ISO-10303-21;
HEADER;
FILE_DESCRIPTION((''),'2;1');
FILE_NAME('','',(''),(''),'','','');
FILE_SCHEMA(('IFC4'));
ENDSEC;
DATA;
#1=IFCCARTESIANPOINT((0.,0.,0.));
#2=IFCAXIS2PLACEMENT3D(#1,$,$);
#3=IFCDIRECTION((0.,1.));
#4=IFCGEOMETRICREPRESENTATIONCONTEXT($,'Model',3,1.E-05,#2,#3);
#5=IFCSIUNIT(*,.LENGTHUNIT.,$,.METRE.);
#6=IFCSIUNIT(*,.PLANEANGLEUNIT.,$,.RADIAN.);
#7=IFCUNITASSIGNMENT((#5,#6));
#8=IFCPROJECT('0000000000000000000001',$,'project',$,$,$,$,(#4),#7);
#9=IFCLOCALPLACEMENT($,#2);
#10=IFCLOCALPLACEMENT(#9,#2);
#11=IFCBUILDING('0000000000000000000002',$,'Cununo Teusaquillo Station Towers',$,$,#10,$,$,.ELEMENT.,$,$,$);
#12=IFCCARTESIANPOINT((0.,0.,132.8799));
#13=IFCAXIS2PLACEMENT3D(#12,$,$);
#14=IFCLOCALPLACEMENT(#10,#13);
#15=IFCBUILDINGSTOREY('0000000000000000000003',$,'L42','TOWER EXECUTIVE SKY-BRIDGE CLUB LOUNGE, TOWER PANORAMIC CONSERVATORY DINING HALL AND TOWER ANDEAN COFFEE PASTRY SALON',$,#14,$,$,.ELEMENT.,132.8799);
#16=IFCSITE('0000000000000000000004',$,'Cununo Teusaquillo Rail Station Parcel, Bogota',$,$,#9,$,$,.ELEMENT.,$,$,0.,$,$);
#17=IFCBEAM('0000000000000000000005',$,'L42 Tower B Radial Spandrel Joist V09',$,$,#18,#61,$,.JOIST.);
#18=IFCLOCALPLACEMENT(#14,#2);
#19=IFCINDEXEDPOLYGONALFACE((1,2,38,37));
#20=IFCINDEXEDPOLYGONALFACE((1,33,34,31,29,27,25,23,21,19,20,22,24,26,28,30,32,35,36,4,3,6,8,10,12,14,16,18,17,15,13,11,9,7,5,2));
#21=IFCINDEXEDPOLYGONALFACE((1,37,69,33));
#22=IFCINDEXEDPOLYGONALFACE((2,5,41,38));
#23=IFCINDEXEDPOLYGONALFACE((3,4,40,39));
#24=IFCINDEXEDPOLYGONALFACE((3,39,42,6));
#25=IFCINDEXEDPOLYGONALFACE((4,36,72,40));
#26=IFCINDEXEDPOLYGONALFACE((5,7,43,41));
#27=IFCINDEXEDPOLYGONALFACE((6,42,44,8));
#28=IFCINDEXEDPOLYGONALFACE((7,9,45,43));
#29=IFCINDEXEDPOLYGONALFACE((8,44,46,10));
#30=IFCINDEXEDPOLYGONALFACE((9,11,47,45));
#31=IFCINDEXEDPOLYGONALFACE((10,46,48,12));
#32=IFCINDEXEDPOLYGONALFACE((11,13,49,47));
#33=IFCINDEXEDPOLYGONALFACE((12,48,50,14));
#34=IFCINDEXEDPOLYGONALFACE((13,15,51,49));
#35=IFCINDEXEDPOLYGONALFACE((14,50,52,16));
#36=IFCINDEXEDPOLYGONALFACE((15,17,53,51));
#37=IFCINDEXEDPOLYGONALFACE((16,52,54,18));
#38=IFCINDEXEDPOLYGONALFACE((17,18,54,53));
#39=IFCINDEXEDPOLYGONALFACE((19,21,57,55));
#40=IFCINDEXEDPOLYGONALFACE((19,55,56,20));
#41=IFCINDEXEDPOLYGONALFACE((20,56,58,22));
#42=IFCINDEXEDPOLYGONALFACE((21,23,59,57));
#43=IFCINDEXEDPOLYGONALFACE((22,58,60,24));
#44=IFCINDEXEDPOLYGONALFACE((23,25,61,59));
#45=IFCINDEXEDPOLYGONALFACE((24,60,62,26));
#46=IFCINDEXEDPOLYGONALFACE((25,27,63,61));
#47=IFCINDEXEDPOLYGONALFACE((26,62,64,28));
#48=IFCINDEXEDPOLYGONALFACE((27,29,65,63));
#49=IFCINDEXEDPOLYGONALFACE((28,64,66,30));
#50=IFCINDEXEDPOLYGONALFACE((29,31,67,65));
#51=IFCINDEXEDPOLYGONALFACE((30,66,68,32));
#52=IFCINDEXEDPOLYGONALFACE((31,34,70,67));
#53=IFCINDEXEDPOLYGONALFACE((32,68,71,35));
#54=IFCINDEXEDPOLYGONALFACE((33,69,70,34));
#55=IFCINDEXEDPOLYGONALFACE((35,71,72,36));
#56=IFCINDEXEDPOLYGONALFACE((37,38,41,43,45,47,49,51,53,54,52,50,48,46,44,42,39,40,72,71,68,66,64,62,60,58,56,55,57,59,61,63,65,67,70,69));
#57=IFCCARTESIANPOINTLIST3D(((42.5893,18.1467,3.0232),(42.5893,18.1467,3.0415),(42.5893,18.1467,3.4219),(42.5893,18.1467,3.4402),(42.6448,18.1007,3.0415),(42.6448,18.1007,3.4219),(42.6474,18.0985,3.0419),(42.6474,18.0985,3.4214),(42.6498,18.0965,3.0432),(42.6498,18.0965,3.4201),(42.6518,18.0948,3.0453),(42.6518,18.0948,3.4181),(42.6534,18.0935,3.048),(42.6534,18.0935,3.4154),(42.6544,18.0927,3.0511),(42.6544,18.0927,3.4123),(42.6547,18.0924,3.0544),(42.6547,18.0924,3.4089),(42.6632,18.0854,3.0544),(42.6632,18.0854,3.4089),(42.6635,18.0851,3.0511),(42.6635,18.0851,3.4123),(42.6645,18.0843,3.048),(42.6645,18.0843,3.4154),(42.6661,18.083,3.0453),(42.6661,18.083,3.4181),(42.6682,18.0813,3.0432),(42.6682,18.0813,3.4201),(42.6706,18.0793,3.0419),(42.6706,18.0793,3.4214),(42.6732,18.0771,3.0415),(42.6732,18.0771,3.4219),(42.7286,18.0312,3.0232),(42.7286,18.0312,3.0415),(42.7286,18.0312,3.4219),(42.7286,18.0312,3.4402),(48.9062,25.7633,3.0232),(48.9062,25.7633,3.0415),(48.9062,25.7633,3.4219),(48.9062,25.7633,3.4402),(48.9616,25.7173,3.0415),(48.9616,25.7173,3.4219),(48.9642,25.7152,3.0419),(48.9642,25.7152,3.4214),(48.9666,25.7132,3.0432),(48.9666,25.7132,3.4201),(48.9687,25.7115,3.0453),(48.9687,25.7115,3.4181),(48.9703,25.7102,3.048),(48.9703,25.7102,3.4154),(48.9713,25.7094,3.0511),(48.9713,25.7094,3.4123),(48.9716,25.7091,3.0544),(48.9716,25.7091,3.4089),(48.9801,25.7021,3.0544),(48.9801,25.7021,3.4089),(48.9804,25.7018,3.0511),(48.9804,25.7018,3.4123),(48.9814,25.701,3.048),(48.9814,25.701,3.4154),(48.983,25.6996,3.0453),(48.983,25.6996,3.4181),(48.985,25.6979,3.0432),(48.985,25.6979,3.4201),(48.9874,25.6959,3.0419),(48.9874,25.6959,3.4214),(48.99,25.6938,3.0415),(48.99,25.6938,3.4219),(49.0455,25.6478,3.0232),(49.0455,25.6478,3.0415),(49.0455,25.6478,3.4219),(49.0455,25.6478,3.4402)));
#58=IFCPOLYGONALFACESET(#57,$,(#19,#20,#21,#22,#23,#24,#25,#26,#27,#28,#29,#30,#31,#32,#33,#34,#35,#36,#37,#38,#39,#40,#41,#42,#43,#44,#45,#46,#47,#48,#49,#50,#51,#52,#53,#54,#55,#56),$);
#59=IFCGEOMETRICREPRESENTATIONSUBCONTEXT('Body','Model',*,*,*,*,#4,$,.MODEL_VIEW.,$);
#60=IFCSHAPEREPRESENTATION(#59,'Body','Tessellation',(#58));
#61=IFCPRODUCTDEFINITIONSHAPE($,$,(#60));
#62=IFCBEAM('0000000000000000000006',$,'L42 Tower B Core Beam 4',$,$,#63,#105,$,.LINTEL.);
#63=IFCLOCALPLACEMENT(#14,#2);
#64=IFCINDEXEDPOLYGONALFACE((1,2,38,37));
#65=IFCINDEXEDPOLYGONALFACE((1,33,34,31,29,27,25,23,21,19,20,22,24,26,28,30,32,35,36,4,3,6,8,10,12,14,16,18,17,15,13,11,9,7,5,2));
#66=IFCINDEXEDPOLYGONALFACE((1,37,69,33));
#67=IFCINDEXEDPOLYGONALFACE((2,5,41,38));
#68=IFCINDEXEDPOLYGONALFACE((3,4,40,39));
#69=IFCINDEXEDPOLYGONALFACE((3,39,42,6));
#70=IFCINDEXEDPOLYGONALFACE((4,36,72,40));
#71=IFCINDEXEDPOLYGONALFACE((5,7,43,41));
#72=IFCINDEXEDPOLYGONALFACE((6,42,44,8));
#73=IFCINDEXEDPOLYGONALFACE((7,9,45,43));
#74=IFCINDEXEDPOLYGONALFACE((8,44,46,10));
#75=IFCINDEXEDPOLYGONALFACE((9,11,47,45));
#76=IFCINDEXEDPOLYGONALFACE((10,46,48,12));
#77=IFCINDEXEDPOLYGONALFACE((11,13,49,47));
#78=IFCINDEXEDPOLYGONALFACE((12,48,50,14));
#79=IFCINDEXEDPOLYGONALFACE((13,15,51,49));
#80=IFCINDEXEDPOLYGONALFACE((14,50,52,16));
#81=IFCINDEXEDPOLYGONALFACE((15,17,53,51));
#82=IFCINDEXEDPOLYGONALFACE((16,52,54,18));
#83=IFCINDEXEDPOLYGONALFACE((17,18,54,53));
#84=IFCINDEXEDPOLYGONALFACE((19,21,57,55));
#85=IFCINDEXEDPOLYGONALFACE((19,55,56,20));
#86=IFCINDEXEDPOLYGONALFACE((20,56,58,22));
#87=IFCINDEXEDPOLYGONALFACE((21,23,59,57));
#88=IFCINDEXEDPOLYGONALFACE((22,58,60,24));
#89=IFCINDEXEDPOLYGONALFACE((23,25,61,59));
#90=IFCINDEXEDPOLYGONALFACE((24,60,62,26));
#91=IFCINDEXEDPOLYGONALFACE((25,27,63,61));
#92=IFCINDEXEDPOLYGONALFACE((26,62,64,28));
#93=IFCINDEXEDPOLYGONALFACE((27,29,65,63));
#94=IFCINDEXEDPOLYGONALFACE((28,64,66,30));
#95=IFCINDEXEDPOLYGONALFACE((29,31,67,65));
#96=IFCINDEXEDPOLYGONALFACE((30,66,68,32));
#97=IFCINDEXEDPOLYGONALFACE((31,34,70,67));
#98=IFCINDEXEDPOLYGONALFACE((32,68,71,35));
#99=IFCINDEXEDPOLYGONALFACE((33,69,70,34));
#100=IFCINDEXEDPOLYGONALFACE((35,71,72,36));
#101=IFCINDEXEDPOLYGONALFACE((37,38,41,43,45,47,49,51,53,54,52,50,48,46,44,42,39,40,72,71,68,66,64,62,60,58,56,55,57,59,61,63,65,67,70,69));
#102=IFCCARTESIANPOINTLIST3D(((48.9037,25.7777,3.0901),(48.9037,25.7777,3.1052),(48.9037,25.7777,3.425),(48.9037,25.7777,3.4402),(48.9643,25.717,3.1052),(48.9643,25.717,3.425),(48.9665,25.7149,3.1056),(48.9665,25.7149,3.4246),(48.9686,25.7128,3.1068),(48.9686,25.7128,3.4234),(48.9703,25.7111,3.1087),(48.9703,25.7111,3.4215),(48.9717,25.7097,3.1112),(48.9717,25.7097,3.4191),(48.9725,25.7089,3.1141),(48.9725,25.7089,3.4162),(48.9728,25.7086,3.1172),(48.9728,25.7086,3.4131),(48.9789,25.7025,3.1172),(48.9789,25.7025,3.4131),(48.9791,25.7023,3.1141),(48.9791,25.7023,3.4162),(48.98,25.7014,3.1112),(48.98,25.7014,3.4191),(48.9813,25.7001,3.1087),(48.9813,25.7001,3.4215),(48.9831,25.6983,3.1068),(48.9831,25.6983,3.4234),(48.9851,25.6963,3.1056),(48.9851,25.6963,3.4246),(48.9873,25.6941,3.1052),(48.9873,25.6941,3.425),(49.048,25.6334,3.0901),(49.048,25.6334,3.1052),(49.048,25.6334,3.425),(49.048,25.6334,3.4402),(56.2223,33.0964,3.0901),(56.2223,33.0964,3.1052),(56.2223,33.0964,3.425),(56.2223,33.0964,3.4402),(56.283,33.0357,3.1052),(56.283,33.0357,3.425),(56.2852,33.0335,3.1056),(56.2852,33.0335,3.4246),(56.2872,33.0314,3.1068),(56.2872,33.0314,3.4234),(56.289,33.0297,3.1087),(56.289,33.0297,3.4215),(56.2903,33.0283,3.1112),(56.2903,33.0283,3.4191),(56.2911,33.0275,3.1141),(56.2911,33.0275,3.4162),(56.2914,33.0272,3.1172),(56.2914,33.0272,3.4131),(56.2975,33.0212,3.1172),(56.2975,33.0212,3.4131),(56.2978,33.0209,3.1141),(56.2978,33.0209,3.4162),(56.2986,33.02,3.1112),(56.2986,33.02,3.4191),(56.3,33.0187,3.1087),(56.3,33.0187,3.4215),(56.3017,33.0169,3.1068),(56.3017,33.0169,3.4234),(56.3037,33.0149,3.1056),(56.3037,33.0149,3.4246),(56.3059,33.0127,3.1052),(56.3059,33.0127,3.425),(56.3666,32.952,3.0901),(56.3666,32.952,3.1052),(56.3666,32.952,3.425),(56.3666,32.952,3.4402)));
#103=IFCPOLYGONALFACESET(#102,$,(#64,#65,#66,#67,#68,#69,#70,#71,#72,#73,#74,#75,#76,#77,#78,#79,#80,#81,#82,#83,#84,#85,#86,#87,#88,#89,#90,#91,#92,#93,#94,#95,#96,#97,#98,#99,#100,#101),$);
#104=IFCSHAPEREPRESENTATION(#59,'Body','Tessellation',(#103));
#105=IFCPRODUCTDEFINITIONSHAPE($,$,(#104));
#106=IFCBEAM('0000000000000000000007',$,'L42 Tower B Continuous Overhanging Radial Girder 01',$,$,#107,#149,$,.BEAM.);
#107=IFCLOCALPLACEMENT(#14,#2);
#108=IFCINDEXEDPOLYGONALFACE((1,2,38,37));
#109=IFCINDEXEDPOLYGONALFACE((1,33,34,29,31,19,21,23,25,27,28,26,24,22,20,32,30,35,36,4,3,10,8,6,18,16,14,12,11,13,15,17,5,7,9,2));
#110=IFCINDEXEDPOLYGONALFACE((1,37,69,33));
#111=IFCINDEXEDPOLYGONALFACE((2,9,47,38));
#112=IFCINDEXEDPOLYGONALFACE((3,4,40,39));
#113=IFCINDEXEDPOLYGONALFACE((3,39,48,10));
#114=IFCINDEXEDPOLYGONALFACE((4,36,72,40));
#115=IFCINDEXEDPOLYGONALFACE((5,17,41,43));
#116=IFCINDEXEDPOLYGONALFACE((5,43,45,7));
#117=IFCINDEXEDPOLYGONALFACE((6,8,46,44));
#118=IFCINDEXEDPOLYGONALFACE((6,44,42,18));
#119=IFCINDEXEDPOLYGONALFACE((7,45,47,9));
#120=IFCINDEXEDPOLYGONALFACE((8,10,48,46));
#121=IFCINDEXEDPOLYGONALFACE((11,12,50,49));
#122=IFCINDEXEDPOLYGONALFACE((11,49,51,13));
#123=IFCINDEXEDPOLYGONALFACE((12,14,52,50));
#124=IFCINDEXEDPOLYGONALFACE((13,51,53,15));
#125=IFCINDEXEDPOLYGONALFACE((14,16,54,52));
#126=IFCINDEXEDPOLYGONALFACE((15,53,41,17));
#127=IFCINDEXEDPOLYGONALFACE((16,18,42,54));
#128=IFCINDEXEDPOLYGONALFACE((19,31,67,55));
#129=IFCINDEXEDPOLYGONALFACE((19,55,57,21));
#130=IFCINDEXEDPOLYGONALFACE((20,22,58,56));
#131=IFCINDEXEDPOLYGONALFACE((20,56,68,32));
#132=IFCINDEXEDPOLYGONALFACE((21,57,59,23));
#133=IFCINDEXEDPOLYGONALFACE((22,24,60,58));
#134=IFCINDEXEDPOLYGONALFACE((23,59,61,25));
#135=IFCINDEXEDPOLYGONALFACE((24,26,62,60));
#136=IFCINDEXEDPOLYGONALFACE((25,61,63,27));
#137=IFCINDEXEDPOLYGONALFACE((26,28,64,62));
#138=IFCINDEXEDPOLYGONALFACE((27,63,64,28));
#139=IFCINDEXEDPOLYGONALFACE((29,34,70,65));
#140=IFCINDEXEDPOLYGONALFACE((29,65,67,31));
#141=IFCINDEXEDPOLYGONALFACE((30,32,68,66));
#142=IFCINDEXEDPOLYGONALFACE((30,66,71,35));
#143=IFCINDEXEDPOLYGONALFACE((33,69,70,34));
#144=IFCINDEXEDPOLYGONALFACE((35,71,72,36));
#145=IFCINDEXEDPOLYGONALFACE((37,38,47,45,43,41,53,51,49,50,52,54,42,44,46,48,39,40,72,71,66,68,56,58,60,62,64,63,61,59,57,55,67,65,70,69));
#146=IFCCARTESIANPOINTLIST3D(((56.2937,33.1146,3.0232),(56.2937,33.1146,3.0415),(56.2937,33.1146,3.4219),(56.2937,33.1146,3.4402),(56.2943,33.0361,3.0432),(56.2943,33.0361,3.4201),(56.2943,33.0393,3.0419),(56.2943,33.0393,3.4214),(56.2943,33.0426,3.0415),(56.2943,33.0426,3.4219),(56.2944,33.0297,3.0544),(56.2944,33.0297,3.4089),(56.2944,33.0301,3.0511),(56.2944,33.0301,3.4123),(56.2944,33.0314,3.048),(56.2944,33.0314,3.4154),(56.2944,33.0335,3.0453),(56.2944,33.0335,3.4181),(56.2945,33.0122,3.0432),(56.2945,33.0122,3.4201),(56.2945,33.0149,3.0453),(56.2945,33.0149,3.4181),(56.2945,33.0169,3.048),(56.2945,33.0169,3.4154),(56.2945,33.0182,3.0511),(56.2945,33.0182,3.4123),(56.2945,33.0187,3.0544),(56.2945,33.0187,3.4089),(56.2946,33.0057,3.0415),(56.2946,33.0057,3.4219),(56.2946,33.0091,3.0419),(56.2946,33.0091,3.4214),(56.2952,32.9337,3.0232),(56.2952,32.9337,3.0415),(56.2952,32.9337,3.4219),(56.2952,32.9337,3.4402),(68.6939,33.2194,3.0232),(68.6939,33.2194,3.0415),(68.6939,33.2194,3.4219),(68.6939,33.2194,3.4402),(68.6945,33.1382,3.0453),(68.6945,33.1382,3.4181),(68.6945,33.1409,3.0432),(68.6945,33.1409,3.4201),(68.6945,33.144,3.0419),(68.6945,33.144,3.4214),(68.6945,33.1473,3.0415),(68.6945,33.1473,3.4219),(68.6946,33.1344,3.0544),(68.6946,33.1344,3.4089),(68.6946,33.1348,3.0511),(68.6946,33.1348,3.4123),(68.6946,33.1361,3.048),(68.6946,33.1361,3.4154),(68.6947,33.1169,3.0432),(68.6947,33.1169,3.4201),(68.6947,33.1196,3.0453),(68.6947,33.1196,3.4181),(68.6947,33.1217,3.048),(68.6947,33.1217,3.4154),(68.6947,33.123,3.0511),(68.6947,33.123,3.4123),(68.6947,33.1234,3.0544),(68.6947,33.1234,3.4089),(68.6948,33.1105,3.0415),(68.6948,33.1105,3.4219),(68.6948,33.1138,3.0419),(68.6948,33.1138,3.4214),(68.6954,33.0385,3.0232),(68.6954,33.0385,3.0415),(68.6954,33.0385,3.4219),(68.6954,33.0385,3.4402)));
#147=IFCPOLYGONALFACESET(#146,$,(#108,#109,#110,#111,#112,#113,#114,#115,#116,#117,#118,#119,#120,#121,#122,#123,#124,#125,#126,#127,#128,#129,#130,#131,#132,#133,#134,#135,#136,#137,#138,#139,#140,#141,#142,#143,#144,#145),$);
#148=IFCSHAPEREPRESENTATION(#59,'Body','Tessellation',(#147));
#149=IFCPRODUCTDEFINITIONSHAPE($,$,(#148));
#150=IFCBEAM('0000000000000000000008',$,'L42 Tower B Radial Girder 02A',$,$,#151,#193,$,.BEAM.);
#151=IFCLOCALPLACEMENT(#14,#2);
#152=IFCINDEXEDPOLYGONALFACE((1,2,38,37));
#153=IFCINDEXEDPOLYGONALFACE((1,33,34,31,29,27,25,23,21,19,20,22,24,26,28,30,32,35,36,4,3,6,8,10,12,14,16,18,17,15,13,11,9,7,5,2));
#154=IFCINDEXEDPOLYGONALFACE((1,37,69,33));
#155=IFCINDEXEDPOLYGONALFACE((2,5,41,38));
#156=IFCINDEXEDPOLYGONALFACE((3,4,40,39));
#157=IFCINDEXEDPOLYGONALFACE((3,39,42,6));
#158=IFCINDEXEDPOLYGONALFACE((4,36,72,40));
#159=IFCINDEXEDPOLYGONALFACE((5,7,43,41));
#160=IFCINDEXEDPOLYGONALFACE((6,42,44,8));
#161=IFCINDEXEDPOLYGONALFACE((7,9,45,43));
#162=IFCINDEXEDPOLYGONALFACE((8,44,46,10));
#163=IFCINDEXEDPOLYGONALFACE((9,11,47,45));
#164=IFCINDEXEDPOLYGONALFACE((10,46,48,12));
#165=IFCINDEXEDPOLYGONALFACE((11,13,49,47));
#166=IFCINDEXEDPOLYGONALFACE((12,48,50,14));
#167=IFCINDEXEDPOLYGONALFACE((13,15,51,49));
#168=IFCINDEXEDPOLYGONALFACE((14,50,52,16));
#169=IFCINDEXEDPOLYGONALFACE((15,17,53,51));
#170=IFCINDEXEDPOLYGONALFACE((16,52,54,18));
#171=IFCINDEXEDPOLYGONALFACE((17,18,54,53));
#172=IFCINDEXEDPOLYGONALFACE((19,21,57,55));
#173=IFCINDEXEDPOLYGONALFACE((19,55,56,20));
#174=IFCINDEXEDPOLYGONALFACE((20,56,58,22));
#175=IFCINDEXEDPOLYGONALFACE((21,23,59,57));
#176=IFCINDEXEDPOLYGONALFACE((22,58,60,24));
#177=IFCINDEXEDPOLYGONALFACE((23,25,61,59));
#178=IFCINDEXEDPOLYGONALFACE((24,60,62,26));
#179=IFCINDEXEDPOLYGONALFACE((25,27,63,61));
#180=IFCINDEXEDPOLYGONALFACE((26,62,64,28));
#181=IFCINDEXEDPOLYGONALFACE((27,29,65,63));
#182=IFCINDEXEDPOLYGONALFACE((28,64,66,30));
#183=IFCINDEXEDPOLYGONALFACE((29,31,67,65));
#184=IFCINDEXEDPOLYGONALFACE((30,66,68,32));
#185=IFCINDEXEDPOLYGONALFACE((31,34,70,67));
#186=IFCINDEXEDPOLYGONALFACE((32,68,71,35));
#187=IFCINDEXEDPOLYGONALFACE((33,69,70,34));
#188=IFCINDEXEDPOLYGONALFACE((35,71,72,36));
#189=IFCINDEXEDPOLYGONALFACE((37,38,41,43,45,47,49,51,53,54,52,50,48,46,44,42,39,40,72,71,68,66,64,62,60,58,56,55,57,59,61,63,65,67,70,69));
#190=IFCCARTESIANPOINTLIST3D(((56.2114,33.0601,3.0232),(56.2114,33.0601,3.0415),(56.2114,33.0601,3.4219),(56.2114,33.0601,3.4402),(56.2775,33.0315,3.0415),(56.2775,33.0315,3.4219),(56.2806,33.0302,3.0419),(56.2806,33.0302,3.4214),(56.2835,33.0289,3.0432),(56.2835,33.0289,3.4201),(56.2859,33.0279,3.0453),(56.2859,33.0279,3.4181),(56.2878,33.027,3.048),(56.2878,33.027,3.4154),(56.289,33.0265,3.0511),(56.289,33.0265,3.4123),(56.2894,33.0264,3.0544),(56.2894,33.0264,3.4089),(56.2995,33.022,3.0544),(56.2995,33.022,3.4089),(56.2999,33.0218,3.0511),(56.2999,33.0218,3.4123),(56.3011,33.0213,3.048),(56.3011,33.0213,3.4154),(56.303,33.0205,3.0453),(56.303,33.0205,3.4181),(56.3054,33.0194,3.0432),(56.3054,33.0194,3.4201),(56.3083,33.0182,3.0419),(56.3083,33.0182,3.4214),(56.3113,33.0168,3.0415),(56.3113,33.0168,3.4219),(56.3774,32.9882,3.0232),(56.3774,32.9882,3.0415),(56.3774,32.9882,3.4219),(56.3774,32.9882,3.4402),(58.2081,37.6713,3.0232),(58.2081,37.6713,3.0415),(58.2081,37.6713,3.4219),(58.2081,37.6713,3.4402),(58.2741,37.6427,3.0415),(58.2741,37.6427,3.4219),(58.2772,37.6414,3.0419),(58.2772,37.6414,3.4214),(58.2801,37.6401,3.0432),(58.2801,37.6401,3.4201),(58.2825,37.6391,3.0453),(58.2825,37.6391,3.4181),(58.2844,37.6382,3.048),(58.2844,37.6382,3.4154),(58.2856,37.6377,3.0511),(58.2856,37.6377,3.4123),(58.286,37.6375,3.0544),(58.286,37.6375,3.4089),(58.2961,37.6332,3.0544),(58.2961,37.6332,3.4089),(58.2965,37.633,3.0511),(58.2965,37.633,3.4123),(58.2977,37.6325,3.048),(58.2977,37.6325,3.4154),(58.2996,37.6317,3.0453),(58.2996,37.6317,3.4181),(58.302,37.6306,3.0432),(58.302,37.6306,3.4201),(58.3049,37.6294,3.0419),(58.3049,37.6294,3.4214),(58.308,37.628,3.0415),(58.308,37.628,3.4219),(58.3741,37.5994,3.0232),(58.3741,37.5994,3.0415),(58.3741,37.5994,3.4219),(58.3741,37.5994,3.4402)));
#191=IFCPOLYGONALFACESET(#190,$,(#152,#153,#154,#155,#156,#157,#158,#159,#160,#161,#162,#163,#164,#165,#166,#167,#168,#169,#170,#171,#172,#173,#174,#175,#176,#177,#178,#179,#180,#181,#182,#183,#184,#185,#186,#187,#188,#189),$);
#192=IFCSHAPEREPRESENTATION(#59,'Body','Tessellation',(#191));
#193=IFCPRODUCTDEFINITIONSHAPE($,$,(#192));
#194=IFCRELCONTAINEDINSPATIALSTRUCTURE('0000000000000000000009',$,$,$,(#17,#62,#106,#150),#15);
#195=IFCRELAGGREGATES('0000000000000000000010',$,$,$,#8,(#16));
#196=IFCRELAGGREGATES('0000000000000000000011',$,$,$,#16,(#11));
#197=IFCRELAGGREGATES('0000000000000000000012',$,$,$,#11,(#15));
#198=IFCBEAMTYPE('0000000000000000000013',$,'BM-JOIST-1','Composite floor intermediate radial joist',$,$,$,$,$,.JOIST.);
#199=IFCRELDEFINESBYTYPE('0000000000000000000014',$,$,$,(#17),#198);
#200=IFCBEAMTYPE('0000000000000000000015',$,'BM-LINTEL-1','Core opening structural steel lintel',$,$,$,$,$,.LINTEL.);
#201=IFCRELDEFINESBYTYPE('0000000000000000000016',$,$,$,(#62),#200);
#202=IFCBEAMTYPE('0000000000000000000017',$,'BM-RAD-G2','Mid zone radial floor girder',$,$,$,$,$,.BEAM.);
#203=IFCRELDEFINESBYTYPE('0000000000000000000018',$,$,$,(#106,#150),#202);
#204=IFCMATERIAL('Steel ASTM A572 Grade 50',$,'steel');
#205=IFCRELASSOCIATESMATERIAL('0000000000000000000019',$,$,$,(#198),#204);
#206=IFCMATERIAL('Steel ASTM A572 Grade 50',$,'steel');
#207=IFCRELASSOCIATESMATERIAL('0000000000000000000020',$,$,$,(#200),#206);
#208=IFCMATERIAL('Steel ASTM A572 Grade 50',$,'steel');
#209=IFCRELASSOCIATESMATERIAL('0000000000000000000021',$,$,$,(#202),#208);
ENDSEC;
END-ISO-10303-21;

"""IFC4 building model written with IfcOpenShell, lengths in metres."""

from ifc_helpers import new_model, si_unit, direction, frame, origin, origin_2d, place, context, subcontext, project, spatial, i_section, extrude, material, material_profile, profile_set, type_object, element, save


model = new_model("IFC4")

# Units and contexts
model_context = context("Model", 3, precision=1e-05, world=origin(), true_north=direction((0.0, 1.0)))
body_context = subcontext(model_context, "Body", "Model", "MODEL_VIEW")
ifc_project = project(units=[si_unit("LENGTHUNIT", "METRE"), si_unit("PLANEANGLEUNIT", "RADIAN")], contexts=[model_context])

# Site, building, storey
site_placement = place(None, origin())
site = spatial("IfcSite", under=ifc_project, at=site_placement, Name="Cununo Teusaquillo Rail Station Parcel, Bogota", CompositionType="ELEMENT", RefElevation=0.0)
building_placement = place(site_placement, origin())
building = spatial("IfcBuilding", under=site, at=building_placement, Name="Cununo Teusaquillo Station Towers", CompositionType="ELEMENT")
storey_placement = place(building_placement, frame((0.0, 0.0, 132.8799)))
storey = spatial("IfcBuildingStorey", under=building, at=storey_placement, Name="L42", Description="TOWER EXECUTIVE SKY-BRIDGE CLUB LOUNGE, TOWER PANORAMIC CONSERVATORY DINING HALL AND TOWER ANDEAN COFFEE PASTRY SALON", CompositionType="ELEMENT", Elevation=132.8799)

# Beams
ifc_material_1 = material(Name="Steel ASTM A572 Grade 50", Category="steel")
ifc_material_profile_1 = material_profile(ifc_material_1, i_section(OverallWidth=0.1809, OverallDepth=0.417, WebThickness=0.011, FlangeThickness=0.0183, FilletRadius=0.0129, at=origin_2d()), Name="W16X57")
ifc_profile_set_1 = profile_set([ifc_material_profile_1], Name="Steel ASTM A572 Grade 50")
beam_type_1 = type_object("IfcBeamType", Name="BM-JOIST-1", Description="Composite floor intermediate radial joist", PredefinedType="JOIST", material=ifc_profile_set_1)
beam_1_placement = place(storey_placement, frame((48.9758, 25.7056, 3.2317), z_axis=(-0.638372, -0.769728, 0.0), x_axis=(0.769728, -0.638372, 0.0)))
element("IfcBeam", 1, at=beam_1_placement, inside=storey, type_object=beam_type_1, Name="L42 Tower B Radial Spandrel Joist V09", PredefinedType="JOIST", context=body_context, shape_type="SweptSolid", body=[
    extrude(i_section(OverallWidth=0.1809, OverallDepth=0.417, WebThickness=0.011, FlangeThickness=0.0183, FilletRadius=0.0129, at=origin_2d()), origin(), (0.0, 0.0, 1.0), 9.8953),
])
ifc_material_2 = material(Name="Steel ASTM A572 Grade 50", Category="steel")
ifc_material_profile_2 = material_profile(ifc_material_2, i_section(OverallWidth=0.2041, OverallDepth=0.3501, WebThickness=0.0085, FlangeThickness=0.0151, FilletRadius=0.012, at=origin_2d()), Name="W14X48")
ifc_profile_set_2 = profile_set([ifc_material_profile_2], Name="Steel ASTM A572 Grade 50")
beam_type_2 = type_object("IfcBeamType", Name="BM-LINTEL-1", Description="Core opening structural steel lintel", PredefinedType="LINTEL", material=ifc_profile_set_2)
beam_2_placement = place(storey_placement, frame((48.9758, 25.7056, 3.2651), z_axis=(0.707107, 0.707107, 0.0), x_axis=(-0.707107, 0.707107, 0.0)))
element("IfcBeam", 2, at=beam_2_placement, inside=storey, type_object=beam_type_2, Name="L42 Tower B Core Beam 4", PredefinedType="LINTEL", context=body_context, shape_type="SweptSolid", body=[
    extrude(i_section(OverallWidth=0.2041, OverallDepth=0.3501, WebThickness=0.0085, FlangeThickness=0.0151, FilletRadius=0.012, at=origin_2d()), origin(), (0.0, 0.0, 1.0), 10.3501),
])
ifc_material_3 = material(Name="Steel ASTM A572 Grade 50", Category="steel")
ifc_material_profile_3 = material_profile(ifc_material_3, i_section(OverallWidth=0.1809, OverallDepth=0.417, WebThickness=0.011, FlangeThickness=0.0183, FilletRadius=0.0129, at=origin_2d()), Name="W16X57")
ifc_profile_set_3 = profile_set([ifc_material_profile_3], Name="Steel ASTM A572 Grade 50")
beam_type_3 = type_object("IfcBeamType", Name="BM-RAD-G2", Description="Mid zone radial floor girder", PredefinedType="BEAM", material=ifc_profile_set_3)
beam_3_placement = place(storey_placement, frame((56.2944, 33.0242, 3.2317), z_axis=(0.999964, 0.008446, 0.0), x_axis=(-0.008446, 0.999964, 0.0)))
element("IfcBeam", 3, at=beam_3_placement, inside=storey, type_object=beam_type_3, Name="L42 Tower B Continuous Overhanging Radial Girder 01", PredefinedType="BEAM", context=body_context, shape_type="SweptSolid", body=[
    extrude(i_section(OverallWidth=0.1809, OverallDepth=0.417, WebThickness=0.011, FlangeThickness=0.0183, FilletRadius=0.0129, at=origin_2d()), origin(), (0.0, 0.0, 1.0), 12.4006),
])
beam_4_placement = place(storey_placement, frame((56.2944, 33.0242, 3.2317), z_axis=(0.397347, 0.917668, 0.0), x_axis=(-0.917668, 0.397347, 0.0)))
element("IfcBeam", 4, at=beam_4_placement, inside=storey, type_object=beam_type_3, Name="L42 Tower B Radial Girder 02A", PredefinedType="BEAM", context=body_context, shape_type="SweptSolid", body=[
    extrude(i_section(OverallWidth=0.1809, OverallDepth=0.417, WebThickness=0.011, FlangeThickness=0.0183, FilletRadius=0.0129, at=origin_2d()), origin(), (0.0, 0.0, 1.0), 5.0249),
])

save(model, "model.ifc")
